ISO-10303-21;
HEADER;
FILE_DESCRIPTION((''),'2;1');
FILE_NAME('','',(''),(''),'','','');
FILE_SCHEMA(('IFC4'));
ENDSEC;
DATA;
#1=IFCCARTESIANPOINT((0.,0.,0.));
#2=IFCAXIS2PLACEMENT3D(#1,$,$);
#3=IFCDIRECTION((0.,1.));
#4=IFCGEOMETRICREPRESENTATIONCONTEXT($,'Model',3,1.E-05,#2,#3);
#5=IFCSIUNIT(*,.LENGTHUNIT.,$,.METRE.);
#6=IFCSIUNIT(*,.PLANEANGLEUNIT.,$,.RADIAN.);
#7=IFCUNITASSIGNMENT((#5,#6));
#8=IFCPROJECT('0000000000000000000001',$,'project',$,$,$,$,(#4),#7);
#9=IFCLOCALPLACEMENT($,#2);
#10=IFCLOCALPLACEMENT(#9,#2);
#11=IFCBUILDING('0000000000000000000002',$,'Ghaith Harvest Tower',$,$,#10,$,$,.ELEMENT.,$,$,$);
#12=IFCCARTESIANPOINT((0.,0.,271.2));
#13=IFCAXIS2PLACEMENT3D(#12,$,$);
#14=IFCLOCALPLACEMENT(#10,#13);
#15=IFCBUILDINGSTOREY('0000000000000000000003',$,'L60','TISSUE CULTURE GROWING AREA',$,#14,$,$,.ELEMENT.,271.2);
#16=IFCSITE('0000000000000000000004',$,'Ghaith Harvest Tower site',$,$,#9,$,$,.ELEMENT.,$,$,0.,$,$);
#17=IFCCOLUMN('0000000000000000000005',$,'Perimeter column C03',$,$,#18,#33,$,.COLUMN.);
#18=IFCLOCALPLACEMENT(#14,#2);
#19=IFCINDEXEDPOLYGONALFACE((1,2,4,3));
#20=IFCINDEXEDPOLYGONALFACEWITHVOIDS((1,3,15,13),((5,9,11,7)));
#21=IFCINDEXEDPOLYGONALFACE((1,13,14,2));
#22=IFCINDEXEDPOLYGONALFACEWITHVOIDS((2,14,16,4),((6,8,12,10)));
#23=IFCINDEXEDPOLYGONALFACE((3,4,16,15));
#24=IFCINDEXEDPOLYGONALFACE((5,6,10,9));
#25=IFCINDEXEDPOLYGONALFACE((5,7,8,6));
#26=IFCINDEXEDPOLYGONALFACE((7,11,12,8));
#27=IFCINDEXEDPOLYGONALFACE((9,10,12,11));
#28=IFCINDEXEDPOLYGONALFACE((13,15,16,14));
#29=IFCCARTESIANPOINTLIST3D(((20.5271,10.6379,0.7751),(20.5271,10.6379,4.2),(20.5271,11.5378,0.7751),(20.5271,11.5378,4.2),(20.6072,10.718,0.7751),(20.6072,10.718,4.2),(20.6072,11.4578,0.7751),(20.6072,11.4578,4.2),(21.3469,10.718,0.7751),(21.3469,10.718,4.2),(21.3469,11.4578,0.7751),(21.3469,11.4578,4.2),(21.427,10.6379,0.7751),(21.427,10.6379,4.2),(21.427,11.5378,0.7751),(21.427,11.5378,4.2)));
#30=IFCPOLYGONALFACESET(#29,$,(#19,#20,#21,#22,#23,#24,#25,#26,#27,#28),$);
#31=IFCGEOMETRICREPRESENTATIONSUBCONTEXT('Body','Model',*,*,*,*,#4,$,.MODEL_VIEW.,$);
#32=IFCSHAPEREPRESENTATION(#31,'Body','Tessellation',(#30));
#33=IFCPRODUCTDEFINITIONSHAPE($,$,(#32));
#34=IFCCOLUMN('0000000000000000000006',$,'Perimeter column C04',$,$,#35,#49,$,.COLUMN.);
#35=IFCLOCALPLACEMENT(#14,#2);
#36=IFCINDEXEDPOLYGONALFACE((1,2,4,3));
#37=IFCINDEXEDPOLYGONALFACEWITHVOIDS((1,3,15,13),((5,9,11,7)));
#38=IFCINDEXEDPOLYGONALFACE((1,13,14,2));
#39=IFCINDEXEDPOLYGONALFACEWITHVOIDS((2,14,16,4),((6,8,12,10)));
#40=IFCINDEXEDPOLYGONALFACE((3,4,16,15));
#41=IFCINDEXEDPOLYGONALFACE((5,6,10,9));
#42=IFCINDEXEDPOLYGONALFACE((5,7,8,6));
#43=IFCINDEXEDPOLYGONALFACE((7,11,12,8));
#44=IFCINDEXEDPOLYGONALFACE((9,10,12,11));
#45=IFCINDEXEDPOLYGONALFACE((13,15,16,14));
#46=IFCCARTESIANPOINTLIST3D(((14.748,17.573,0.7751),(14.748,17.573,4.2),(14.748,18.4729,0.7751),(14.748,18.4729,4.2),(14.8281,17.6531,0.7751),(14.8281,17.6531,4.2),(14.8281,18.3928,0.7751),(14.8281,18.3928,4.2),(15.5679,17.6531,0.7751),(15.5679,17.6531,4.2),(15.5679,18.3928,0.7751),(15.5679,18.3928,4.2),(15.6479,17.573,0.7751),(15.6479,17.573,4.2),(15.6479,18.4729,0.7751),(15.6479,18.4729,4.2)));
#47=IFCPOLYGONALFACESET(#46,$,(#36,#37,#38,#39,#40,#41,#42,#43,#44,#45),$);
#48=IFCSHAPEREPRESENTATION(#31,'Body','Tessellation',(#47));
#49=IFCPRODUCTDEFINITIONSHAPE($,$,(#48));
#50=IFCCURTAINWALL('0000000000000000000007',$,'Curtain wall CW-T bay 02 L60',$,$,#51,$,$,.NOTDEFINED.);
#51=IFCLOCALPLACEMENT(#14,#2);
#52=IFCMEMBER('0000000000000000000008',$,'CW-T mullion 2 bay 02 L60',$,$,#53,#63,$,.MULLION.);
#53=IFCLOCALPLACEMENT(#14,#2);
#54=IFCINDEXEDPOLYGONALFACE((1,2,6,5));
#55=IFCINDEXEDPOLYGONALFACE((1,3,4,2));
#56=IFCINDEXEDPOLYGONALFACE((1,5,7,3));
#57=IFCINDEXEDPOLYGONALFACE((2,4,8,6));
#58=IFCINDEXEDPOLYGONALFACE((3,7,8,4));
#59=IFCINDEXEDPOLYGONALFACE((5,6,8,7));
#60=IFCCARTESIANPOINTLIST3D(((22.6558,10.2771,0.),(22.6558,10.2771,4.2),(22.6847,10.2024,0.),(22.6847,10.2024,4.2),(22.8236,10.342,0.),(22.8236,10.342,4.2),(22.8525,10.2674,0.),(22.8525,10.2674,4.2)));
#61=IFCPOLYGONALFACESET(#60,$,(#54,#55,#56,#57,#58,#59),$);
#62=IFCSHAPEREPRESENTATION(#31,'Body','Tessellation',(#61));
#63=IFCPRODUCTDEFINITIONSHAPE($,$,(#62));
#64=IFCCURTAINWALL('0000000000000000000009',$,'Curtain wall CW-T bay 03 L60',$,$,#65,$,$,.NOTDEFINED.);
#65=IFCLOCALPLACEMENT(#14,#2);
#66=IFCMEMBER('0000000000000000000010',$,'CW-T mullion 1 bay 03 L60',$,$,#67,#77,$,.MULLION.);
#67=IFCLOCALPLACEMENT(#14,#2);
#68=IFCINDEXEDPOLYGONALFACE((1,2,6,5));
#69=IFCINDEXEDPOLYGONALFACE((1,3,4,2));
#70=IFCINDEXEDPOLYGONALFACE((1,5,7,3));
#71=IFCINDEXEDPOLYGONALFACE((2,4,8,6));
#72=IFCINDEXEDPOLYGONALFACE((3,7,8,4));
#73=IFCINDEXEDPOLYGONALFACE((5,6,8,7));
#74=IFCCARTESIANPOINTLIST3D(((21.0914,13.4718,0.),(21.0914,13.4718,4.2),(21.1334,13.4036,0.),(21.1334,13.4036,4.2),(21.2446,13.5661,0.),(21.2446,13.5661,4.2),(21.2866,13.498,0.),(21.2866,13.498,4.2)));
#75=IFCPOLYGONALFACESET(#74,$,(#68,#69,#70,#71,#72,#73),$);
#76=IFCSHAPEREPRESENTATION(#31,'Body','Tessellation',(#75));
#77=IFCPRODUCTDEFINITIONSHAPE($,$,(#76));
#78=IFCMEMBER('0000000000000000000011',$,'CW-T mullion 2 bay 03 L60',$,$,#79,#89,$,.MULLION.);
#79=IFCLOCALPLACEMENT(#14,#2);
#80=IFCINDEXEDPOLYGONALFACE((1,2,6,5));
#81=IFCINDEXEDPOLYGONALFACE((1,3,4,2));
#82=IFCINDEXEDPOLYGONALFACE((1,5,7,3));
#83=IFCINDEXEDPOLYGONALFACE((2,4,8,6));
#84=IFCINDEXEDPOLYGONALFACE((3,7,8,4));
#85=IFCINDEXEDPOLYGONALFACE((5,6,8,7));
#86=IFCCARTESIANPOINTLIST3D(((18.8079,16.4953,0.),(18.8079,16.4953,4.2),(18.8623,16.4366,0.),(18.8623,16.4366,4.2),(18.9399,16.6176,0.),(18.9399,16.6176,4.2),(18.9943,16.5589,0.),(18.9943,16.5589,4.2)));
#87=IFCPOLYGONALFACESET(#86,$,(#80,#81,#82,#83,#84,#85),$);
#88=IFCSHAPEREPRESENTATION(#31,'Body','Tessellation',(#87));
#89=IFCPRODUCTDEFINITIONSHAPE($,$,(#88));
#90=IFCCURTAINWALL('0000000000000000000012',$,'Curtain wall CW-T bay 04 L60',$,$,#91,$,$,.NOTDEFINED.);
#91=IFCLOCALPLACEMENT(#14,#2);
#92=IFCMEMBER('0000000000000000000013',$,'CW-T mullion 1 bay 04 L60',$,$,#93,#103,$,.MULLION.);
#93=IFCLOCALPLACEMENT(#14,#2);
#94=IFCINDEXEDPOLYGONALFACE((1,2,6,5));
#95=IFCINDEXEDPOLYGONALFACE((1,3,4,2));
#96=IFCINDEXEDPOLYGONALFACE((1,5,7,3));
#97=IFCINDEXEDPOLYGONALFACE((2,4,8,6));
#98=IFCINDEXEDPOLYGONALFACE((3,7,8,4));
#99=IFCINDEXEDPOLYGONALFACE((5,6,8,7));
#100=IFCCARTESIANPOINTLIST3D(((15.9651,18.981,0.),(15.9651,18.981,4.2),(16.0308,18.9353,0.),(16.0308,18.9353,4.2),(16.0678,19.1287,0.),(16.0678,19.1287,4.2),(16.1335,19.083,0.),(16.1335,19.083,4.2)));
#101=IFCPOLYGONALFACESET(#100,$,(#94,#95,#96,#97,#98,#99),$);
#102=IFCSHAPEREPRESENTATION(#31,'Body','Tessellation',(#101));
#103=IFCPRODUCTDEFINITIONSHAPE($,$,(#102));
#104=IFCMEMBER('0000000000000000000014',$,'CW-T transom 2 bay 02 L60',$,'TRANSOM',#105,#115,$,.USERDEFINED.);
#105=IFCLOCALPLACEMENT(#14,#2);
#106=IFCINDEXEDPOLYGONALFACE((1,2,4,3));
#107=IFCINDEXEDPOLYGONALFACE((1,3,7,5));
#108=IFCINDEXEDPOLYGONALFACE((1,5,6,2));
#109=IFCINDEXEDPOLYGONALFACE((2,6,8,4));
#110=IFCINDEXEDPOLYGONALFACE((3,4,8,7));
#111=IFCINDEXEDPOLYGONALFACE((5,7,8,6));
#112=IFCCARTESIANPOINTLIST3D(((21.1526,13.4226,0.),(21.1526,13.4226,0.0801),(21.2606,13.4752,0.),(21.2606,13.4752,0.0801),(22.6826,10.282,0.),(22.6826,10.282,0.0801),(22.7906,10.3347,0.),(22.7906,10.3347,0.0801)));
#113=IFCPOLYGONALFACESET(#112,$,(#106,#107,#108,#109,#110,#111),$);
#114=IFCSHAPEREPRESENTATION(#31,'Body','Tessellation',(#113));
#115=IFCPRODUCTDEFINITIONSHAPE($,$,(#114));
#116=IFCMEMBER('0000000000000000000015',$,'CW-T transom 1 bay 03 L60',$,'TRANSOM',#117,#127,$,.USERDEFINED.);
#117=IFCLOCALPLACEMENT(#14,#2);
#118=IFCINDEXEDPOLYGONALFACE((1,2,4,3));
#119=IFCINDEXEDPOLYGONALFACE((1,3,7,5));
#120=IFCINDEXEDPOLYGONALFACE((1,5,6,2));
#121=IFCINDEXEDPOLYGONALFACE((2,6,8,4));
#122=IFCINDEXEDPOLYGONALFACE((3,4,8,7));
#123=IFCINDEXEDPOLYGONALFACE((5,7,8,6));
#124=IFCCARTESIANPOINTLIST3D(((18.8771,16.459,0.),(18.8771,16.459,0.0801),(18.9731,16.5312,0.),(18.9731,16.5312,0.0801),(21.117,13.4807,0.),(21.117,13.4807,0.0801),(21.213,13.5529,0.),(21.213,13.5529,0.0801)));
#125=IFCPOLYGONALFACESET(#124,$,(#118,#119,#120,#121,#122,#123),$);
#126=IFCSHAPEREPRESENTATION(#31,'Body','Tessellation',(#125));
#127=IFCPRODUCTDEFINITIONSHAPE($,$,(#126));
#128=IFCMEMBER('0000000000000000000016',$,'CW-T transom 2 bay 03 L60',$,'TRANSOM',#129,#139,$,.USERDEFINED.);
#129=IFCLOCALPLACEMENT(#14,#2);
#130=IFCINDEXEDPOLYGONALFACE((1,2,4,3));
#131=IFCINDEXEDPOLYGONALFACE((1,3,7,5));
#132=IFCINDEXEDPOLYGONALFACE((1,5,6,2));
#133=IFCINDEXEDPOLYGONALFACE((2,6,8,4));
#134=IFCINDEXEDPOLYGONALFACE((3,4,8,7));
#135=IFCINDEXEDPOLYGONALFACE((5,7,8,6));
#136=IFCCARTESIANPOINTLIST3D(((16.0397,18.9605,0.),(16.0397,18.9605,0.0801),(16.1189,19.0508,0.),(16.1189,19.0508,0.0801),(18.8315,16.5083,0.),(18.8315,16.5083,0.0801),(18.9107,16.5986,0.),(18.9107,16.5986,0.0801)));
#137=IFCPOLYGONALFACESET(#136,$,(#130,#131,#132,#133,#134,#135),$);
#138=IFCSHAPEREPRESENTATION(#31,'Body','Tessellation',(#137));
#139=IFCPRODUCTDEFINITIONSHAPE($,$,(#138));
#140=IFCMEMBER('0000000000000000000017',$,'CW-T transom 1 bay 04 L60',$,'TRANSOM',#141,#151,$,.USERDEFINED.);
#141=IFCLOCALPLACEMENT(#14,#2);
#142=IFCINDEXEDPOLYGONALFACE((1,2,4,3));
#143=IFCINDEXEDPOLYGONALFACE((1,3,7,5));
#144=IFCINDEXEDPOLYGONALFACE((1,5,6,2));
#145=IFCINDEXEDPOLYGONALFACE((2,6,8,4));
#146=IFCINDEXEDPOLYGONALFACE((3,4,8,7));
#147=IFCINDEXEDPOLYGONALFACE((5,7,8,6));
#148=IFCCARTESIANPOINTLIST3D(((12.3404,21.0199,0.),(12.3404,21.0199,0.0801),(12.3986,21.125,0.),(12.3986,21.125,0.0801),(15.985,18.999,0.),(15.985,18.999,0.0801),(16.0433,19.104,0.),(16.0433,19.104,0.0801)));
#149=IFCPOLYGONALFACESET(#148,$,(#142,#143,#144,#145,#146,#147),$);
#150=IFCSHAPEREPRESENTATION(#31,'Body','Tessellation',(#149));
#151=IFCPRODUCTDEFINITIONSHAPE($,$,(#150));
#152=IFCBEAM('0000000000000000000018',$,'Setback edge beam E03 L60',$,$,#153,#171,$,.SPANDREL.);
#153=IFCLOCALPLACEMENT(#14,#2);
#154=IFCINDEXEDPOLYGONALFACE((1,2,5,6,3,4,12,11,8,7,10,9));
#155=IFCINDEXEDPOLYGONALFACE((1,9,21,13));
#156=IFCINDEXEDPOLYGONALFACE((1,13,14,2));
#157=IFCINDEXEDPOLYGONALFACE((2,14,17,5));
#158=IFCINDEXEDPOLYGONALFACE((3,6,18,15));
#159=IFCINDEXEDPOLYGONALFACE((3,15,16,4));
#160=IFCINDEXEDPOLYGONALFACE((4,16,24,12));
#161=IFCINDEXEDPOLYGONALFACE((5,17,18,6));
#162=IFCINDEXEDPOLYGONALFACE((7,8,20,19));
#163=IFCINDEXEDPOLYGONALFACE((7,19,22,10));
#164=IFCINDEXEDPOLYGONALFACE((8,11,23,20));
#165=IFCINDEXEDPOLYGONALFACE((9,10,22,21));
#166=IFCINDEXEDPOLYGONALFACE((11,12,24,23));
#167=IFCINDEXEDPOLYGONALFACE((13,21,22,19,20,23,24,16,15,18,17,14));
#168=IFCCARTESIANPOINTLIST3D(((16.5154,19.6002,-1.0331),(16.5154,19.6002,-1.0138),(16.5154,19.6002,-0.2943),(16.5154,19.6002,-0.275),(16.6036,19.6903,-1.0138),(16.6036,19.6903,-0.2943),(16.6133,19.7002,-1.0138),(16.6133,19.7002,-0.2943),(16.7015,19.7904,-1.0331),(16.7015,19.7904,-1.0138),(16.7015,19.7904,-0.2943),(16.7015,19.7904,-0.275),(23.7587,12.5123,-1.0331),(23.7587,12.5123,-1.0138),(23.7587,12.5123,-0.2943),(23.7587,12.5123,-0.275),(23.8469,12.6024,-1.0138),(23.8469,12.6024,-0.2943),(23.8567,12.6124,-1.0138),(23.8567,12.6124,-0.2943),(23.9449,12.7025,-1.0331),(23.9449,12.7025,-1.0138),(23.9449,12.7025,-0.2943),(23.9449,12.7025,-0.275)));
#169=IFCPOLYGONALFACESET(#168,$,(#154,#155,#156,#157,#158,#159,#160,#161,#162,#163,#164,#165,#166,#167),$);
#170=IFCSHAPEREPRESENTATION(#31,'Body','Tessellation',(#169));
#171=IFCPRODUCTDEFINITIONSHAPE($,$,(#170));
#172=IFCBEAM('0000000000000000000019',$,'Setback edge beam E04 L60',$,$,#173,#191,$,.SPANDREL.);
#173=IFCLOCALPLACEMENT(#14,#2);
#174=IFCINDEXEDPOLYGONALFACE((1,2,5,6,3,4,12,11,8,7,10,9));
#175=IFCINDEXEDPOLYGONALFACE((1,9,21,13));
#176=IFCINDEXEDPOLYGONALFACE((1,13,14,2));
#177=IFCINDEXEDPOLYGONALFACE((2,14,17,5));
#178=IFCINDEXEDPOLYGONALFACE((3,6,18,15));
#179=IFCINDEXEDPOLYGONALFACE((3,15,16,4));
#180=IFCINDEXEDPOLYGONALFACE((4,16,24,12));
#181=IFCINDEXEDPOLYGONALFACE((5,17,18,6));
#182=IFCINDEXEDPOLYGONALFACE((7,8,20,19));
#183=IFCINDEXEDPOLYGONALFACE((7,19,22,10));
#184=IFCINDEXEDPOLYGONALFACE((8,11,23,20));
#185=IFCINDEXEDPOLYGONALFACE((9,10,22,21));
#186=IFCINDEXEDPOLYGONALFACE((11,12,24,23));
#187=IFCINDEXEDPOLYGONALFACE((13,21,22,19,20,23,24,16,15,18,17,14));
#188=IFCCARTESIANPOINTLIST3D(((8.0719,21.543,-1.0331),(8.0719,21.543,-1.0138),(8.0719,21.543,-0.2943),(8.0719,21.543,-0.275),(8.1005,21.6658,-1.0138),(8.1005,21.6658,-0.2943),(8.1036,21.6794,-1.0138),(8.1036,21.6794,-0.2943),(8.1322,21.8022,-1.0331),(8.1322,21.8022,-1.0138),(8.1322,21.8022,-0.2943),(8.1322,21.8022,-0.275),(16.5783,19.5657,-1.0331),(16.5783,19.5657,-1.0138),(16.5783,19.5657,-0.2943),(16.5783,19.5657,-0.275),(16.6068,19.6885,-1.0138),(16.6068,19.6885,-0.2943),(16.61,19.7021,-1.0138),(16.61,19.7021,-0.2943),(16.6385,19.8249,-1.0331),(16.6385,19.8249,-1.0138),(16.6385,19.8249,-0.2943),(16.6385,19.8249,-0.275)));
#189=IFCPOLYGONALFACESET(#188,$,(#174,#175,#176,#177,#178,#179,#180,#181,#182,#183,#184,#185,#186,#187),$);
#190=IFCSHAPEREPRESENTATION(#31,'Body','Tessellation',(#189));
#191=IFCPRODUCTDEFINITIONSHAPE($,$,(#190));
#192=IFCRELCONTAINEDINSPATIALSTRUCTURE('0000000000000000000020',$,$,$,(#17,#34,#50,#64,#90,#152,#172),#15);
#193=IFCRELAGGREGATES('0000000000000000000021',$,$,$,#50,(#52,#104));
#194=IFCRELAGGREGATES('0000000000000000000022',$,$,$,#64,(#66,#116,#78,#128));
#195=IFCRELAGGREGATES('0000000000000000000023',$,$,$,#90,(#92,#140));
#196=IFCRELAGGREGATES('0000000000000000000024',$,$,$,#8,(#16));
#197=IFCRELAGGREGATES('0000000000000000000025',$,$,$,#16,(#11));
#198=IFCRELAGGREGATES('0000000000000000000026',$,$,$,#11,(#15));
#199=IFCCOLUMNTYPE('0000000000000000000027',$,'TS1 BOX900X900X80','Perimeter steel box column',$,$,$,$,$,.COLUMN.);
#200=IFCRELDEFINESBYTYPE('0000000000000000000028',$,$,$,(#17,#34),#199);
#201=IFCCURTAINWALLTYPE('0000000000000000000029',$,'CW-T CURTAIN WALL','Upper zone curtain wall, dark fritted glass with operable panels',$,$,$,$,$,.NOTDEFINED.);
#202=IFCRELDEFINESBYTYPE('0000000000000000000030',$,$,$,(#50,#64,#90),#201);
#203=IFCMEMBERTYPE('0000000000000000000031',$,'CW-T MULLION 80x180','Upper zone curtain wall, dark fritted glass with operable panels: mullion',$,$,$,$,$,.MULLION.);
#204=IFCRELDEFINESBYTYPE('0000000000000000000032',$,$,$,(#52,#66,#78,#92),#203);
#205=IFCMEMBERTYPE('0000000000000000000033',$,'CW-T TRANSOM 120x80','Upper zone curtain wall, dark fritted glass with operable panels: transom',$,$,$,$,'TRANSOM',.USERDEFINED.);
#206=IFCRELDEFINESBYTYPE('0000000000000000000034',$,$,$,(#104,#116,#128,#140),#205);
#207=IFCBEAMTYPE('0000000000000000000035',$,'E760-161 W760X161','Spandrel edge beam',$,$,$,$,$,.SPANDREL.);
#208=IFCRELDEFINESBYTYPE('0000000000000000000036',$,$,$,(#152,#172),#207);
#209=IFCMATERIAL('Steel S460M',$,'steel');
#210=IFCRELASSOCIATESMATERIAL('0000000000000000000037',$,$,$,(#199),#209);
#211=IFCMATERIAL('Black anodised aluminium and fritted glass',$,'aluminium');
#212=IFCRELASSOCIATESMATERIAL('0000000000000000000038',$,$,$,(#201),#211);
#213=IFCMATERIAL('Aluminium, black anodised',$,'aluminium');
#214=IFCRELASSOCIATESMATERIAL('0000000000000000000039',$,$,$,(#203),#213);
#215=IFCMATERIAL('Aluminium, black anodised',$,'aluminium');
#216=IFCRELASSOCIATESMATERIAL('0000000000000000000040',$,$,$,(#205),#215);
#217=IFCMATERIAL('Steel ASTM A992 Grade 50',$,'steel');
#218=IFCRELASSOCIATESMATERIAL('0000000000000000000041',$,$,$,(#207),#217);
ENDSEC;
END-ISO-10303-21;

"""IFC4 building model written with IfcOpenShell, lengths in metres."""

from ifc_helpers import new_model, si_unit, direction, frame, origin, origin_2d, place, context, subcontext, project, spatial, rectangle, hollow_rectangle, i_section, extrude, material, material_profile, profile_set, type_object, element, aggregate, save


model = new_model("IFC4")

# Units and contexts
model_context = context("Model", 3, precision=1e-05, world=origin(), true_north=direction((0.0, 1.0)))
body_context = subcontext(model_context, "Body", "Model", "MODEL_VIEW")
ifc_project = project(units=[si_unit("LENGTHUNIT", "METRE"), si_unit("PLANEANGLEUNIT", "RADIAN")], contexts=[model_context])

# Site, building, storey
site_placement = place(None, origin())
site = spatial("IfcSite", under=ifc_project, at=site_placement, Name="Ghaith Harvest Tower site", CompositionType="ELEMENT", RefElevation=0.0)
building_placement = place(site_placement, origin())
building = spatial("IfcBuilding", under=site, at=building_placement, Name="Ghaith Harvest Tower", CompositionType="ELEMENT")
storey_placement = place(building_placement, frame((0.0, 0.0, 271.2)))
storey = spatial("IfcBuildingStorey", under=building, at=storey_placement, Name="L60", Description="TISSUE CULTURE GROWING AREA", CompositionType="ELEMENT", Elevation=271.2)

# Columns
ifc_material_1 = material(Name="Steel S460M", Category="steel")
ifc_material_profile_1 = material_profile(ifc_material_1, hollow_rectangle(XDim=0.8999, YDim=0.8999, WallThickness=0.0801, at=origin_2d()), Name="BOX900X900X80")
ifc_profile_set_1 = profile_set([ifc_material_profile_1], Name="Steel S460M")
column_type = type_object("IfcColumnType", Name="TS1 BOX900X900X80", Description="Perimeter steel box column", PredefinedType="COLUMN", material=ifc_profile_set_1)
for number, where, z_axis, x_axis, name in (
    (1, (20.9771, 11.0879, 0.7751), (0.0, 0.0, 1.0), (1.0, 0.0, 0.0), "Perimeter column C03"),
    (2, (15.198, 18.0229, 0.7751), (0.0, 0.0, 1.0), (1.0, 0.0, 0.0), "Perimeter column C04"),
):
    element("IfcColumn", number, at=place(storey_placement, frame(where, z_axis=z_axis, x_axis=x_axis)), inside=storey, type_object=column_type, Name=name, PredefinedType="COLUMN", context=body_context, shape_type="SweptSolid", body=[
        extrude(hollow_rectangle(XDim=0.8999, YDim=0.8999, WallThickness=0.0801, at=origin_2d()), origin(), (0.0, 0.0, 1.0), 3.4248),
    ])

# Curtain wall, member
ifc_material_2 = material(Name="Black anodised aluminium and fritted glass", Category="aluminium")
curtain_wall_type = type_object("IfcCurtainWallType", Name="CW-T CURTAIN WALL", Description="Upper zone curtain wall, dark fritted glass with operable panels", PredefinedType="NOTDEFINED", material=ifc_material_2)
curtain_wall_1_placement = place(storey_placement, origin())
curtain_wall_1 = element("IfcCurtainWall", 3, at=curtain_wall_1_placement, inside=storey, type_object=curtain_wall_type, Name="Curtain wall CW-T bay 02 L60", PredefinedType="NOTDEFINED")
ifc_material_3 = material(Name="Aluminium, black anodised", Category="aluminium")
ifc_material_profile_2 = material_profile(ifc_material_3, rectangle(XDim=0.0801, YDim=0.1799, at=origin_2d()), Name="CW-T MULLION 80x180")
ifc_profile_set_2 = profile_set([ifc_material_profile_2], Name="Aluminium, black anodised")
member_type_1 = type_object("IfcMemberType", Name="CW-T MULLION 80x180", Description="Upper zone curtain wall, dark fritted glass with operable panels: mullion", PredefinedType="MULLION", material=ifc_profile_set_2)
member_1_placement = place(storey_placement, frame((22.7542, 10.2722, 0.0), z_axis=(0.0, 0.0, 1.0), x_axis=(-0.361184, 0.932494, 0.0)))
member_1 = element("IfcMember", 4, at=member_1_placement, type_object=member_type_1, Name="CW-T mullion 2 bay 02 L60", PredefinedType="MULLION", context=body_context, shape_type="SweptSolid", body=[
    extrude(rectangle(XDim=0.0801, YDim=0.1799, at=origin_2d()), origin(), (0.0, 0.0, 1.0), 4.2),
])

# Curtain wall, members
curtain_wall_2_placement = place(storey_placement, origin())
curtain_wall_2 = element("IfcCurtainWall", 5, at=curtain_wall_2_placement, inside=storey, type_object=curtain_wall_type, Name="Curtain wall CW-T bay 03 L60", PredefinedType="NOTDEFINED")
member_2_placement = place(storey_placement, frame((21.189, 13.4849, 0.0), z_axis=(0.0, 0.0, 1.0), x_axis=(-0.524482, 0.851421, 0.0)))
member_2 = element("IfcMember", 6, at=member_2_placement, type_object=member_type_1, Name="CW-T mullion 1 bay 03 L60", PredefinedType="MULLION", context=body_context, shape_type="SweptSolid", body=[
    extrude(rectangle(XDim=0.0801, YDim=0.1799, at=origin_2d()), origin(), (0.0, 0.0, 1.0), 4.2),
])
member_3_placement = place(storey_placement, frame((18.9011, 16.5271, 0.0), z_axis=(0.0, 0.0, 1.0), x_axis=(-0.679661, 0.733526, 0.0)))
member_3 = element("IfcMember", 7, at=member_3_placement, type_object=member_type_1, Name="CW-T mullion 2 bay 03 L60", PredefinedType="MULLION", context=body_context, shape_type="SweptSolid", body=[
    extrude(rectangle(XDim=0.0801, YDim=0.1799, at=origin_2d()), origin(), (0.0, 0.0, 1.0), 4.2),
])

# Curtain wall, member
curtain_wall_3_placement = place(storey_placement, origin())
curtain_wall_3 = element("IfcCurtainWall", 8, at=curtain_wall_3_placement, inside=storey, type_object=curtain_wall_type, Name="Curtain wall CW-T bay 04 L60", PredefinedType="NOTDEFINED")
member_4_placement = place(storey_placement, frame((16.0493, 19.032, 0.0), z_axis=(0.0, 0.0, 1.0), x_axis=(-0.821112, 0.570767, 0.0)))
member_4 = element("IfcMember", 9, at=member_4_placement, type_object=member_type_1, Name="CW-T mullion 1 bay 04 L60", PredefinedType="MULLION", context=body_context, shape_type="SweptSolid", body=[
    extrude(rectangle(XDim=0.0801, YDim=0.1799, at=origin_2d()), origin(), (0.0, 0.0, 1.0), 4.2),
])

# Members
ifc_material_4 = material(Name="Aluminium, black anodised", Category="aluminium")
ifc_material_profile_3 = material_profile(ifc_material_4, rectangle(XDim=0.1201, YDim=0.0801, at=origin_2d()), Name="CW-T TRANSOM 120x80")
ifc_profile_set_3 = profile_set([ifc_material_profile_3], Name="Aluminium, black anodised")
member_type_2 = type_object("IfcMemberType", Name="CW-T TRANSOM 120x80", Description="Upper zone curtain wall, dark fritted glass with operable panels: transom", ElementType="TRANSOM", PredefinedType="USERDEFINED", material=ifc_profile_set_3)
member_5_placement = place(storey_placement, frame((22.7366, 10.3083, 0.04), z_axis=(-0.437965, 0.898992, 0.0), x_axis=(-0.898992, -0.437965, 0.0)))
member_5 = element("IfcMember", 10, at=member_5_placement, type_object=member_type_2, Name="CW-T transom 2 bay 02 L60", ObjectType="TRANSOM", PredefinedType="USERDEFINED", context=body_context, shape_type="SweptSolid", body=[
    extrude(rectangle(XDim=0.1201, YDim=0.0801, at=origin_2d()), origin(), (0.0, 0.0, 1.0), 3.4934),
])
member_6_placement = place(storey_placement, frame((21.165, 13.5168, 0.04), z_axis=(-0.601079, 0.79919, 0.0), x_axis=(-0.79919, -0.601079, 0.0)))
member_6 = element("IfcMember", 11, at=member_6_placement, type_object=member_type_2, Name="CW-T transom 1 bay 03 L60", ObjectType="TRANSOM", PredefinedType="USERDEFINED", context=body_context, shape_type="SweptSolid", body=[
    extrude(rectangle(XDim=0.1201, YDim=0.0801, at=origin_2d()), origin(), (0.0, 0.0, 1.0), 3.7266),
])
member_7_placement = place(storey_placement, frame((18.8711, 16.5535, 0.04), z_axis=(-0.751326, 0.659931, 0.0), x_axis=(-0.659931, -0.751326, 0.0)))
member_7 = element("IfcMember", 12, at=member_7_placement, type_object=member_type_2, Name="CW-T transom 2 bay 03 L60", ObjectType="TRANSOM", PredefinedType="USERDEFINED", context=body_context, shape_type="SweptSolid", body=[
    extrude(rectangle(XDim=0.1201, YDim=0.0801, at=origin_2d()), origin(), (0.0, 0.0, 1.0), 3.7158),
])
member_8_placement = place(storey_placement, frame((16.0142, 19.0515, 0.04), z_axis=(-0.874552, 0.484932, 0.0), x_axis=(-0.484932, -0.874552, 0.0)))
member_8 = element("IfcMember", 13, at=member_8_placement, type_object=member_type_2, Name="CW-T transom 1 bay 04 L60", ObjectType="TRANSOM", PredefinedType="USERDEFINED", context=body_context, shape_type="SweptSolid", body=[
    extrude(rectangle(XDim=0.1201, YDim=0.0801, at=origin_2d()), origin(), (0.0, 0.0, 1.0), 4.1675),
])

# Beams
ifc_material_5 = material(Name="Steel ASTM A992 Grade 50", Category="steel")
ifc_material_profile_4 = material_profile(ifc_material_5, i_section(OverallWidth=0.2661, OverallDepth=0.7581, WebThickness=0.0139, FlangeThickness=0.0193, at=origin_2d()), Name="W760X161")
ifc_profile_set_4 = profile_set([ifc_material_profile_4], Name="Steel ASTM A992 Grade 50")
beam_type_1 = type_object("IfcBeamType", Name="E760-161 W760X161", Description="Spandrel edge beam", PredefinedType="SPANDREL", material=ifc_profile_set_4)
beam_1_placement = place(storey_placement, frame((23.8518, 12.6074, -0.6541), z_axis=(-0.714738, 0.699392, 0.0), x_axis=(-0.699392, -0.714738, 0.0)))
element("IfcBeam", 14, at=beam_1_placement, inside=storey, type_object=beam_type_1, Name="Setback edge beam E03 L60", PredefinedType="SPANDREL", context=body_context, shape_type="SweptSolid", body=[
    extrude(i_section(OverallWidth=0.2661, OverallDepth=0.7581, WebThickness=0.0139, FlangeThickness=0.0193, at=origin_2d()), origin(), (0.0, 0.0, 1.0), 10.1343),
])
beam_2_placement = place(storey_placement, frame((16.6084, 19.6953, -0.6541), z_axis=(-0.974031, 0.226413, 0.0), x_axis=(-0.226413, -0.974031, 0.0)))
element("IfcBeam", 15, at=beam_2_placement, inside=storey, type_object=beam_type_1, Name="Setback edge beam E04 L60", PredefinedType="SPANDREL", context=body_context, shape_type="SweptSolid", body=[
    extrude(i_section(OverallWidth=0.2661, OverallDepth=0.7581, WebThickness=0.0139, FlangeThickness=0.0193, at=origin_2d()), origin(), (0.0, 0.0, 1.0), 8.7332),
])

aggregate(curtain_wall_1, [member_1, member_5])
aggregate(curtain_wall_2, [member_2, member_6, member_3, member_7])
aggregate(curtain_wall_3, [member_4, member_8])

save(model, "model.ifc")
